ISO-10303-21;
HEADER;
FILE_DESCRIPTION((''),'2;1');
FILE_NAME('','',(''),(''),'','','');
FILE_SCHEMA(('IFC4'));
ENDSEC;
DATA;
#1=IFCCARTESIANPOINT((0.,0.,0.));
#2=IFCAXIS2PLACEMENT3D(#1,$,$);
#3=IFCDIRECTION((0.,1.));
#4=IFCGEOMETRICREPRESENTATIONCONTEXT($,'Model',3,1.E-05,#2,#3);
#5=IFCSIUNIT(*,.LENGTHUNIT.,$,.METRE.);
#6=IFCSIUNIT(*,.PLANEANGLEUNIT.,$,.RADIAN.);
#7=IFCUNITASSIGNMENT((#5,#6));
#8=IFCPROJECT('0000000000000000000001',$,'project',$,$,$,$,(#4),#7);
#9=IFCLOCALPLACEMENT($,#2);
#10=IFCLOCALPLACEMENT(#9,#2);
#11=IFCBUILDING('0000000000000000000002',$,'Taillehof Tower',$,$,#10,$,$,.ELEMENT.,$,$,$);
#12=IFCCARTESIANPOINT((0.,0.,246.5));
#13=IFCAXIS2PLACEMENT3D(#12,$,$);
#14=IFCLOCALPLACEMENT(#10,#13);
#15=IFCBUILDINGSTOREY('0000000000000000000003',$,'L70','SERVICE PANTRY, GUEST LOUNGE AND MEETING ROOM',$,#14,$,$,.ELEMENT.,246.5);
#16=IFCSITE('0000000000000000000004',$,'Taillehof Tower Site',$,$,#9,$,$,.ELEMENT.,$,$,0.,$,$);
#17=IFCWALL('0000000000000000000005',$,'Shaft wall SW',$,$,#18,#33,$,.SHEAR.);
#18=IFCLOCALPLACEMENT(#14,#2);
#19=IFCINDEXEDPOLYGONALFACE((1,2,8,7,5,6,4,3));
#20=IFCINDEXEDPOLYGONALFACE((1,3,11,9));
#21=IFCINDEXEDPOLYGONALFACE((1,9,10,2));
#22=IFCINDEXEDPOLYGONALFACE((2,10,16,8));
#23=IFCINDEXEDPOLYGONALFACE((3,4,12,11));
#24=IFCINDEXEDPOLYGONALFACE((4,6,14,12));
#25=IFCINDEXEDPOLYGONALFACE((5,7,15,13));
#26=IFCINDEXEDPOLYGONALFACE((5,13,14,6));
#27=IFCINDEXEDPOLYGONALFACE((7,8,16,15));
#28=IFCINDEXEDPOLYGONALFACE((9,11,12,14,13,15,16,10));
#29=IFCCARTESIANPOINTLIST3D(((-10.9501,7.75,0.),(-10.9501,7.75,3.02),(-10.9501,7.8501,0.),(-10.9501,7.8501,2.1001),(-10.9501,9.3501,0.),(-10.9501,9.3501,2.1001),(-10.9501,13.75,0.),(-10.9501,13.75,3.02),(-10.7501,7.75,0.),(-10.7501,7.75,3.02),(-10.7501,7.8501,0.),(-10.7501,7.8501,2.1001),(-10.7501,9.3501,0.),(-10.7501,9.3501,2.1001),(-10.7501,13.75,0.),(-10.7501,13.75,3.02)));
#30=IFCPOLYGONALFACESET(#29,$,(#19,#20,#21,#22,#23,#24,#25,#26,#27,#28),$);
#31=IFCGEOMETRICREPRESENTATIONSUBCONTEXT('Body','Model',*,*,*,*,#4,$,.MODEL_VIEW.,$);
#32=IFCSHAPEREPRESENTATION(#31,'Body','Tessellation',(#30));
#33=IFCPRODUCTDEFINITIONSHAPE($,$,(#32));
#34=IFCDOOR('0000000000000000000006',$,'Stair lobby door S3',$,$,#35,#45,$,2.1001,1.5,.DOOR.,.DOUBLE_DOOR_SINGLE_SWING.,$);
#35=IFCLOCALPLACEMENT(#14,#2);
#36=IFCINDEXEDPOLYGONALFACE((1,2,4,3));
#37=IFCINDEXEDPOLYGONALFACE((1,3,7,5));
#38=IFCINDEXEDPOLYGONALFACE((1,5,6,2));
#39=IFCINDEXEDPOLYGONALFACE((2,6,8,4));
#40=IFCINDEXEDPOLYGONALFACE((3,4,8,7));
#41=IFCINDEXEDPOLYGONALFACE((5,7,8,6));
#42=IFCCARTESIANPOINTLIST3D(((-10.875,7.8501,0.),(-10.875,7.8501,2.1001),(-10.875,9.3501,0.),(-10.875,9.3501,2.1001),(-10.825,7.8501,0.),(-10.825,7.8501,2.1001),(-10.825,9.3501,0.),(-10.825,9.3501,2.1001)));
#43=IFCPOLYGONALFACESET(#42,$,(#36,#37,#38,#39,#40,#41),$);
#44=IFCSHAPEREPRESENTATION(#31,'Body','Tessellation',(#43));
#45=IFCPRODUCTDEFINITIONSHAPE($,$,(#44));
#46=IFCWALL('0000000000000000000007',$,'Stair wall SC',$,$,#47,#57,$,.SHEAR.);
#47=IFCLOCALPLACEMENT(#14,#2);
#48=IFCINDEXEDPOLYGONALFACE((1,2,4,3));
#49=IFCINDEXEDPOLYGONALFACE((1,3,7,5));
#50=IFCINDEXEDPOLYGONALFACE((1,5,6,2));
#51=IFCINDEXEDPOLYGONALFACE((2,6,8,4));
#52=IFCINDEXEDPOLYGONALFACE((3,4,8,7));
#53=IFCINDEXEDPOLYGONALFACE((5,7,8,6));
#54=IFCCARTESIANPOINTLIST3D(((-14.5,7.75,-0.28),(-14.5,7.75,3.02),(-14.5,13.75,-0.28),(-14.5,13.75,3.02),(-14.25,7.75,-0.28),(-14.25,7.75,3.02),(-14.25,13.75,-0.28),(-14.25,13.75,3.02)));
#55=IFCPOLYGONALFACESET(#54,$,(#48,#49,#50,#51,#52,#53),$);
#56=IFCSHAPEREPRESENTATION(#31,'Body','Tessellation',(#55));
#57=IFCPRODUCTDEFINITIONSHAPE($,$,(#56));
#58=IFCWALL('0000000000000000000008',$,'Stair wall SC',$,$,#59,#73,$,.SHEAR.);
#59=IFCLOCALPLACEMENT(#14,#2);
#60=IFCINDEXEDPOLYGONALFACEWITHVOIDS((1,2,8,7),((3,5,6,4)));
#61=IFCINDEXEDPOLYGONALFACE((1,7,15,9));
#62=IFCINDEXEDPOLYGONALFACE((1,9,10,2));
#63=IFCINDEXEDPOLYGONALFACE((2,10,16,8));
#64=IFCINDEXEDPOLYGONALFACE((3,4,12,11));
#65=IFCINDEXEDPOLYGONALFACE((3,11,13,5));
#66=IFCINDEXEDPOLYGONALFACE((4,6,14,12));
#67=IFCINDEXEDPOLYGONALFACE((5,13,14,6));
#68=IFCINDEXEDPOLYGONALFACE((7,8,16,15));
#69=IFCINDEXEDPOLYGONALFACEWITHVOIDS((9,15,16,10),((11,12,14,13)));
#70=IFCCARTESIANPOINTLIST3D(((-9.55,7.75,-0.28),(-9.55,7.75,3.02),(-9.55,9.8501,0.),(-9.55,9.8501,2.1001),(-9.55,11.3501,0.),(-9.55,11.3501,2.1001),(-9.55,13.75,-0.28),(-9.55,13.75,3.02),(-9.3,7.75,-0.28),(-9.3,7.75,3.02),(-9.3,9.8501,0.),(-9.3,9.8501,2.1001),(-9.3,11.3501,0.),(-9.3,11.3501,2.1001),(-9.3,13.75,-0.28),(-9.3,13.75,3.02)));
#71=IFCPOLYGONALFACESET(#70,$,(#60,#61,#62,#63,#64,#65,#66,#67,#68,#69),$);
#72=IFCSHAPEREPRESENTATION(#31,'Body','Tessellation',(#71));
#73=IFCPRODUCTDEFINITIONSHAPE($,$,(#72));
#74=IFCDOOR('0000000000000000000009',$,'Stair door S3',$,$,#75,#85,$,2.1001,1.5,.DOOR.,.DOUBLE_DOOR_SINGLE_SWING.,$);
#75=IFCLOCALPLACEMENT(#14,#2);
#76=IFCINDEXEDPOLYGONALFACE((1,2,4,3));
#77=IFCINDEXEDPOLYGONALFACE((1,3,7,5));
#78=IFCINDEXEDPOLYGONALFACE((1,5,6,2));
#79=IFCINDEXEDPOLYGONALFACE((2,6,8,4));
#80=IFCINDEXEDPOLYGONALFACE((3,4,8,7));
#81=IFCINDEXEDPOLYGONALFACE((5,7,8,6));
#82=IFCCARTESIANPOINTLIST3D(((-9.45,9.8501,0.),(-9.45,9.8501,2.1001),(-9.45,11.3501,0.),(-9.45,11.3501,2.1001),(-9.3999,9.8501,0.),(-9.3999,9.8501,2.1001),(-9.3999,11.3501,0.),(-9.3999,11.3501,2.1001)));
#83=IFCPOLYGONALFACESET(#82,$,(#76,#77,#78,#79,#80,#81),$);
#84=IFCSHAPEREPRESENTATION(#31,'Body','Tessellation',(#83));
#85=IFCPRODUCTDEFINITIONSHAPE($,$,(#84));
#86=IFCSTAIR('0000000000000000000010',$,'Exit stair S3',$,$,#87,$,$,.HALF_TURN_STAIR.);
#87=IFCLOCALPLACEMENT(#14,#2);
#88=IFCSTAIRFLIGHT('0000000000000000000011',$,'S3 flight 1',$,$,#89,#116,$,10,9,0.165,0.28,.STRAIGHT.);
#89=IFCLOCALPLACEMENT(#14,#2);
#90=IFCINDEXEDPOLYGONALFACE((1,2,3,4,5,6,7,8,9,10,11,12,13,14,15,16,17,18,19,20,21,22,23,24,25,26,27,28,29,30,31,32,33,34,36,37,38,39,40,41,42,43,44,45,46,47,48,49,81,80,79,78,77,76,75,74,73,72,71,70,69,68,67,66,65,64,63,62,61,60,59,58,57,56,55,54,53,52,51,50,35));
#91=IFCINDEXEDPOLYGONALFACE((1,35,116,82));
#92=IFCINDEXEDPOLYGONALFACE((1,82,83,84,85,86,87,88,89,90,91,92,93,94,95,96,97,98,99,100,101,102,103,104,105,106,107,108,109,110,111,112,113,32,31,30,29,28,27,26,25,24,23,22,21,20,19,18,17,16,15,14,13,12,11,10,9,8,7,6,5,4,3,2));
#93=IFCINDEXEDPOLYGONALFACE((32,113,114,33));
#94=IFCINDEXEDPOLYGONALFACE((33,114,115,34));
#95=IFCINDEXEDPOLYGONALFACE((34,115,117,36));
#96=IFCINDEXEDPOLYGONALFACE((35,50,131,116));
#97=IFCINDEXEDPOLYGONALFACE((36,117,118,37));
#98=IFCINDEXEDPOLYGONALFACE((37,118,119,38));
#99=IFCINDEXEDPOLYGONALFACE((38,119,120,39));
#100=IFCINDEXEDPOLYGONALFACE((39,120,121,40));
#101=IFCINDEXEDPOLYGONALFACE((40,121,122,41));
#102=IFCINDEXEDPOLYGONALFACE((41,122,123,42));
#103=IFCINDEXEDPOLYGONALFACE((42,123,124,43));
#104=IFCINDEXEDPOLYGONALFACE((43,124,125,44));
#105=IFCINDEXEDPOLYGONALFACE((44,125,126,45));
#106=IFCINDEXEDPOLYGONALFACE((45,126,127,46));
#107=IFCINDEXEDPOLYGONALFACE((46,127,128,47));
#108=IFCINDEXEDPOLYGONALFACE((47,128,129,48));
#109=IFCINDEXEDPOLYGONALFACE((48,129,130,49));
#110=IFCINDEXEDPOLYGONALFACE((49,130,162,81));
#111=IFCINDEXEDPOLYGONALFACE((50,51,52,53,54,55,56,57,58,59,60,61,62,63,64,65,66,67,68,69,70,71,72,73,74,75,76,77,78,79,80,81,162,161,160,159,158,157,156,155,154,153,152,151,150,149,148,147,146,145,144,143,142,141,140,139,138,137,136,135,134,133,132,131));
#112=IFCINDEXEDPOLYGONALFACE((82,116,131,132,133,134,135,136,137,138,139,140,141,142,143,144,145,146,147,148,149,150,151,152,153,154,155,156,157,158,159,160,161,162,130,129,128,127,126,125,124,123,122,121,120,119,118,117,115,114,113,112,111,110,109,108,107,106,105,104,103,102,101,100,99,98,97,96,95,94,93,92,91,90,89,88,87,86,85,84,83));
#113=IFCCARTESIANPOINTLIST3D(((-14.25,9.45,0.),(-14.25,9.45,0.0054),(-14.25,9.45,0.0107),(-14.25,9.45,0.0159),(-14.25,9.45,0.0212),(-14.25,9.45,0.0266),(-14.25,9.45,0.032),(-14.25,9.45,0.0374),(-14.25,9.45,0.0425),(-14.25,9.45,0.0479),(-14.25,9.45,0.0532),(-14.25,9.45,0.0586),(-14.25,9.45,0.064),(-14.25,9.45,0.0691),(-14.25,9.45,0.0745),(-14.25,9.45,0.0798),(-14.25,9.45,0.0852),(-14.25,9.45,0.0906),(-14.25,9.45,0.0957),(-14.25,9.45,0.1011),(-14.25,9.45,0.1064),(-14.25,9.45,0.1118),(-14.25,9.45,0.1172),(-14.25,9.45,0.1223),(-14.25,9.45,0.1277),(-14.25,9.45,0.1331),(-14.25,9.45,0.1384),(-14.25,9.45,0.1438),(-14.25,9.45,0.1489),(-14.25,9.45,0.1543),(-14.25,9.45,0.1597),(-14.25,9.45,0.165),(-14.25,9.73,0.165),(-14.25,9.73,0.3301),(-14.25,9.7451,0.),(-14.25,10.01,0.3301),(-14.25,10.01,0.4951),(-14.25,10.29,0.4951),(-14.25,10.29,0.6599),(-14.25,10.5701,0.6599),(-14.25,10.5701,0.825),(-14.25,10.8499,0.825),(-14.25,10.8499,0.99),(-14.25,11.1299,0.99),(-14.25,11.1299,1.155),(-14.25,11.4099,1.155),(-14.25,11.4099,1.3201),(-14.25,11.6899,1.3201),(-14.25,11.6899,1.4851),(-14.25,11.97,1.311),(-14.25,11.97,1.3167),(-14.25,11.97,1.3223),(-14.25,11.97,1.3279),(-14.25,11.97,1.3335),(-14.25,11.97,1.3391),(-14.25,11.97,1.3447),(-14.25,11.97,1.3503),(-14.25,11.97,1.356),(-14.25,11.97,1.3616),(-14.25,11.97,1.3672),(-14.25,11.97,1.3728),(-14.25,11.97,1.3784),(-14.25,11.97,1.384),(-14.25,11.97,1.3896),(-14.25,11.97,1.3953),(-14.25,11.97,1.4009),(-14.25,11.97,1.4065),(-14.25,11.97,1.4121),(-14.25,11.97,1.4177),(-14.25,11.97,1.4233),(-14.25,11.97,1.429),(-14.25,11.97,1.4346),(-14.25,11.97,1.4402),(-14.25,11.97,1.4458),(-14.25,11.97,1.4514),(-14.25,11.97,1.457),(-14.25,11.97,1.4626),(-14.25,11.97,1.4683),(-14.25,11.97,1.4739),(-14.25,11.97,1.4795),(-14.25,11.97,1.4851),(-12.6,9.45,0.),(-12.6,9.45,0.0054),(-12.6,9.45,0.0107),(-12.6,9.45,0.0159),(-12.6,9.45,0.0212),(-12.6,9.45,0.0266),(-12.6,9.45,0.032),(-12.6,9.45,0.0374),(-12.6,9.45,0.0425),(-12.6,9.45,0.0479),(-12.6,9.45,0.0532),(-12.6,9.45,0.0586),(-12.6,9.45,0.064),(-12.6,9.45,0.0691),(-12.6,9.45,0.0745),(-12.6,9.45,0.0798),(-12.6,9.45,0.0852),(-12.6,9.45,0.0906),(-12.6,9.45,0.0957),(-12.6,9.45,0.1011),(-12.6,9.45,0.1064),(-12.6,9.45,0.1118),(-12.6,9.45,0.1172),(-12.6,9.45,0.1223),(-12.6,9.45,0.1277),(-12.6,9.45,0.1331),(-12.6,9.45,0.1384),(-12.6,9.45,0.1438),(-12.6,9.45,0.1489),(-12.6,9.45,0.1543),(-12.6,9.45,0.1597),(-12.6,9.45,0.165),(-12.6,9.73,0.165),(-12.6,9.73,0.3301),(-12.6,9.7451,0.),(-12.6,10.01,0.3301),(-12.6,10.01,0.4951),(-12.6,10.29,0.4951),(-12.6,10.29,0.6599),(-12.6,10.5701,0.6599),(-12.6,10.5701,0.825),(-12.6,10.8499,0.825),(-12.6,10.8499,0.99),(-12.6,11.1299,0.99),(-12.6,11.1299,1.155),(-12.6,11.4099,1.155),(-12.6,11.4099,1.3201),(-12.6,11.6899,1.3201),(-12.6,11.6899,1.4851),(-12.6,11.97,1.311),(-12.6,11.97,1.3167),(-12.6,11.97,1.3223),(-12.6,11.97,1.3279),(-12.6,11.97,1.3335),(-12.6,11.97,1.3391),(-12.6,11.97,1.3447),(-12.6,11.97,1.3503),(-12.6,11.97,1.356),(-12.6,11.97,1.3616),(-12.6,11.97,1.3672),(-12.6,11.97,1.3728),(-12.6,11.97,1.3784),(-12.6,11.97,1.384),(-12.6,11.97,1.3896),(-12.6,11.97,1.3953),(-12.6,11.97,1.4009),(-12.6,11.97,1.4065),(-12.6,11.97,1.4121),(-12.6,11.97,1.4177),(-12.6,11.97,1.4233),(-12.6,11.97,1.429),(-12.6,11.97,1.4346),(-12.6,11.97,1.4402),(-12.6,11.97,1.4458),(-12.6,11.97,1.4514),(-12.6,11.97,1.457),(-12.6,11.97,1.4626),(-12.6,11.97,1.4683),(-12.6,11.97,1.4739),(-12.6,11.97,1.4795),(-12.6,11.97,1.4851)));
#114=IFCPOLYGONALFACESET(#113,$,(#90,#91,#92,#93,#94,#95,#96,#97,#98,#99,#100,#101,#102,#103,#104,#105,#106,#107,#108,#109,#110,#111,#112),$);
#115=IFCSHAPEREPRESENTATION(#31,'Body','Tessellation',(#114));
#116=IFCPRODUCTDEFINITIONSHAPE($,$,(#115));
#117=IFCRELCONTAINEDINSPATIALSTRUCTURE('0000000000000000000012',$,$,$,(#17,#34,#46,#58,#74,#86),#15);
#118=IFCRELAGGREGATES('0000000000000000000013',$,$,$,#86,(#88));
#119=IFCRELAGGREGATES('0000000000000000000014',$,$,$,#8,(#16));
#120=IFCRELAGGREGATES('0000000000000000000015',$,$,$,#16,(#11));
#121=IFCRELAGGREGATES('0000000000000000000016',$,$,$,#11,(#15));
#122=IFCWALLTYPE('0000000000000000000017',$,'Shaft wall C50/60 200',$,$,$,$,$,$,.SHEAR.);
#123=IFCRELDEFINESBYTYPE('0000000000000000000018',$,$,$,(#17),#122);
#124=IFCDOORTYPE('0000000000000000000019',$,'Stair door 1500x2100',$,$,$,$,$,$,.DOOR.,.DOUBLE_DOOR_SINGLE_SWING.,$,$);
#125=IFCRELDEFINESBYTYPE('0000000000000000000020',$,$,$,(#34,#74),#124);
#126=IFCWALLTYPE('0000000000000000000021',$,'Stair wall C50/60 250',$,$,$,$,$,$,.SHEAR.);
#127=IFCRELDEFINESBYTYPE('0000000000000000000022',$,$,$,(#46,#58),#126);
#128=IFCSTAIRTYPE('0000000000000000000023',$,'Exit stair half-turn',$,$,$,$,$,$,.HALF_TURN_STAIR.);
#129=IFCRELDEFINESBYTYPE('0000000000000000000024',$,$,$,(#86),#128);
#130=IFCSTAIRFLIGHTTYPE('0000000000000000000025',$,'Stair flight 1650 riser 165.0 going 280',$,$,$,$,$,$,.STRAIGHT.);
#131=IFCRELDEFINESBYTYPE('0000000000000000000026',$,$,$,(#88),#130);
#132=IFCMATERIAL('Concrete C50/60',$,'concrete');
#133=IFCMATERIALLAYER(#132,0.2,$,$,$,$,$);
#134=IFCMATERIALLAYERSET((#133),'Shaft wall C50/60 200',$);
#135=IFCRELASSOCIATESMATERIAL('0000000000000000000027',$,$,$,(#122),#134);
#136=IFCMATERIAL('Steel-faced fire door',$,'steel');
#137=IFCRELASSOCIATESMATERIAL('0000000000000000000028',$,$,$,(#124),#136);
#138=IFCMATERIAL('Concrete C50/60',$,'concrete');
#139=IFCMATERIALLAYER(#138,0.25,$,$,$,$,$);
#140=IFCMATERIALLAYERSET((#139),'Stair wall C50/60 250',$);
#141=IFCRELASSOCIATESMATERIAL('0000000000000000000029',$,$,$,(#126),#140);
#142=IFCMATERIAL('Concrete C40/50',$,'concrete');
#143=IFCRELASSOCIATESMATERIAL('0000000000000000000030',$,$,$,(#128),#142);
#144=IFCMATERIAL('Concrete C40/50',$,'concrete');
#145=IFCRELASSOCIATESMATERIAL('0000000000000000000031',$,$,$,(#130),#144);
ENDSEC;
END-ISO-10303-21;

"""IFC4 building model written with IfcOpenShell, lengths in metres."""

from ifc_helpers import new_model, si_unit, direction, frame, frame_2d, origin, place, context, subcontext, project, spatial, polyline, rectangle, outline, extrude, material, layer, layer_set, type_object, element, fill, aggregate, save


model = new_model("IFC4")

# Units and contexts
model_context = context("Model", 3, precision=1e-05, world=origin(), true_north=direction((0.0, 1.0)))
body_context = subcontext(model_context, "Body", "Model", "MODEL_VIEW")
ifc_project = project(units=[si_unit("LENGTHUNIT", "METRE"), si_unit("PLANEANGLEUNIT", "RADIAN")], contexts=[model_context])

# Site, building, storey
site_placement = place(None, origin())
site = spatial("IfcSite", under=ifc_project, at=site_placement, Name="Taillehof Tower Site", CompositionType="ELEMENT", RefElevation=0.0)
building_placement = place(site_placement, origin())
building = spatial("IfcBuilding", under=site, at=building_placement, Name="Taillehof Tower", CompositionType="ELEMENT")
storey_placement = place(building_placement, frame((0.0, 0.0, 246.5)))
storey = spatial("IfcBuildingStorey", under=building, at=storey_placement, Name="L70", Description="SERVICE PANTRY, GUEST LOUNGE AND MEETING ROOM", CompositionType="ELEMENT", Elevation=246.5)

# Wall, opening, door
ifc_material_1 = material(Name="Concrete C50/60", Category="concrete")
ifc_layer_1 = layer(ifc_material_1, 0.2)
ifc_layer_set_1 = layer_set([ifc_layer_1], Name="Shaft wall C50/60 200")
wall_type_1 = type_object("IfcWallType", Name="Shaft wall C50/60 200", PredefinedType="SHEAR", material=ifc_layer_set_1)
wall_1_placement = place(storey_placement, frame((-10.8501, 7.75, 0.0), z_axis=(0.0, 0.0, 1.0), x_axis=(0.0, 1.0, 0.0)))
wall_1 = element("IfcWall", 1, at=wall_1_placement, inside=storey, type_object=wall_type_1, Name="Shaft wall SW", PredefinedType="SHEAR", context=body_context, shape_type="SweptSolid", body=[
    extrude(rectangle(XDim=6.0, YDim=0.2, at=frame_2d((3.0, 0.0))), origin(), (0.0, 0.0, 1.0), 3.02),
])
opening_1_placement = place(wall_1_placement, frame((0.1001, 0.0, 0.0)))
opening_1 = element("IfcOpeningElement", 2, at=opening_1_placement, cuts=wall_1, PredefinedType="OPENING", context=body_context, shape_type="SweptSolid", body=[
    extrude(rectangle(XDim=1.5, YDim=2.1001, at=frame_2d((0.75, 1.05))), frame((0.0, 0.1099, 0.0), z_axis=(0.0, -1.0, 0.0), x_axis=(1.0, 0.0, 0.0)), (0.0, 0.0, 1.0), 0.22),
])
ifc_material_2 = material(Name="Steel-faced fire door", Category="steel")
door_type = type_object("IfcDoorType", Name="Stair door 1500x2100", OperationType="DOUBLE_DOOR_SINGLE_SWING", PredefinedType="DOOR", material=ifc_material_2)
door_1_placement = place(opening_1_placement, origin())
door_1 = element("IfcDoor", 3, at=door_1_placement, inside=storey, type_object=door_type, Name="Stair lobby door S3", OperationType="DOUBLE_DOOR_SINGLE_SWING", OverallHeight=2.1001, OverallWidth=1.5, PredefinedType="DOOR", context=body_context, shape_type="SweptSolid", body=[
    extrude(rectangle(XDim=1.5, YDim=2.1001, at=frame_2d((0.75, 1.05))), frame((0.0, 0.0249, 0.0), z_axis=(0.0, -1.0, 0.0), x_axis=(1.0, 0.0, 0.0)), (0.0, 0.0, 1.0), 0.05),
])
fill(opening_1, door_1)

# Wall
ifc_material_3 = material(Name="Concrete C50/60", Category="concrete")
ifc_layer_2 = layer(ifc_material_3, 0.25)
ifc_layer_set_2 = layer_set([ifc_layer_2], Name="Stair wall C50/60 250")
wall_type_2 = type_object("IfcWallType", Name="Stair wall C50/60 250", PredefinedType="SHEAR", material=ifc_layer_set_2)
wall_2_placement = place(storey_placement, frame((-14.375, 7.75, -0.28), z_axis=(0.0, 0.0, 1.0), x_axis=(0.0, 1.0, 0.0)))
element("IfcWall", 4, at=wall_2_placement, inside=storey, type_object=wall_type_2, Name="Stair wall SC", PredefinedType="SHEAR", context=body_context, shape_type="SweptSolid", body=[
    extrude(rectangle(XDim=6.0, YDim=0.25, at=frame_2d((3.0, 0.0))), origin(), (0.0, 0.0, 1.0), 3.3),
])

# Wall, opening, door
wall_3_placement = place(storey_placement, frame((-9.425, 7.75, -0.28), z_axis=(0.0, 0.0, 1.0), x_axis=(0.0, 1.0, 0.0)))
wall_3 = element("IfcWall", 5, at=wall_3_placement, inside=storey, type_object=wall_type_2, Name="Stair wall SC", PredefinedType="SHEAR", context=body_context, shape_type="SweptSolid", body=[
    extrude(rectangle(XDim=6.0, YDim=0.25, at=frame_2d((3.0, 0.0))), origin(), (0.0, 0.0, 1.0), 3.3),
])
opening_2_placement = place(wall_3_placement, frame((2.1001, 0.0, 0.28)))
opening_2 = element("IfcOpeningElement", 6, at=opening_2_placement, cuts=wall_3, PredefinedType="OPENING", context=body_context, shape_type="SweptSolid", body=[
    extrude(rectangle(XDim=1.5, YDim=2.1001, at=frame_2d((0.75, 1.05))), frame((0.0, 0.135, 0.0), z_axis=(0.0, -1.0, 0.0), x_axis=(1.0, 0.0, 0.0)), (0.0, 0.0, 1.0), 0.27),
])
door_2_placement = place(opening_2_placement, origin())
door_2 = element("IfcDoor", 7, at=door_2_placement, inside=storey, type_object=door_type, Name="Stair door S3", OperationType="DOUBLE_DOOR_SINGLE_SWING", OverallHeight=2.1001, OverallWidth=1.5, PredefinedType="DOOR", context=body_context, shape_type="SweptSolid", body=[
    extrude(rectangle(XDim=1.5, YDim=2.1001, at=frame_2d((0.75, 1.05))), frame((0.0, 0.0249, 0.0), z_axis=(0.0, -1.0, 0.0), x_axis=(1.0, 0.0, 0.0)), (0.0, 0.0, 1.0), 0.05),
])
fill(opening_2, door_2)

# Stair, stair flight
ifc_material_4 = material(Name="Concrete C40/50", Category="concrete")
stair_type = type_object("IfcStairType", Name="Exit stair half-turn", PredefinedType="HALF_TURN_STAIR", material=ifc_material_4)
stair_placement = place(storey_placement, origin())
stair = element("IfcStair", 8, at=stair_placement, inside=storey, type_object=stair_type, Name="Exit stair S3", PredefinedType="HALF_TURN_STAIR")
ifc_material_5 = material(Name="Concrete C40/50", Category="concrete")
stair_flight_type = type_object("IfcStairFlightType", Name="Stair flight 1650 riser 165.0 going 280", PredefinedType="STRAIGHT", material=ifc_material_5)
stair_flight_1_placement = place(storey_placement, frame((-13.425, 9.45, 0.0), z_axis=(0.0, 0.0, 1.0), x_axis=(0.0, 1.0, 0.0)))
stair_flight_1 = element("IfcStairFlight", 9, at=stair_flight_1_placement, type_object=stair_flight_type, Name="S3 flight 1", NumberOfRisers=10, NumberOfTreads=9, PredefinedType="STRAIGHT", RiserHeight=0.165, TreadLength=0.28, context=body_context, shape_type="SweptSolid", body=[
    extrude(outline(polyline([(0.0, 0.0), (0.0, 0.0054), (0.0, 0.0107), (0.0, 0.0159), (0.0, 0.0212), (0.0, 0.0266), (0.0, 0.032), (0.0, 0.0374), (0.0, 0.0425), (0.0, 0.0479), (0.0, 0.0532), (0.0, 0.0586), (0.0, 0.064), (0.0, 0.0691), (0.0, 0.0745), (0.0, 0.0798), (0.0, 0.0852), (0.0, 0.0906), (0.0, 0.0957), (0.0, 0.1011), (0.0, 0.1064), (0.0, 0.1118), (0.0, 0.1172), (0.0, 0.1223), (0.0, 0.1277), (0.0, 0.1331), (0.0, 0.1384), (0.0, 0.1438), (0.0, 0.1489), (0.0, 0.1543), (0.0, 0.1597), (0.0, 0.165), (0.28, 0.165), (0.28, 0.3301), (0.5601, 0.3301), (0.5601, 0.4951), (0.8401, 0.4951), (0.8401, 0.6599), (1.1201, 0.6599), (1.1201, 0.825), (1.3999, 0.825), (1.3999, 0.99), (1.6799, 0.99), (1.6799, 1.155), (1.96, 1.155), (1.96, 1.3201), (2.24, 1.3201), (2.24, 1.4851), (2.52, 1.4851), (2.52, 1.4795), (2.52, 1.4739), (2.52, 1.4683), (2.52, 1.4626), (2.52, 1.457), (2.52, 1.4514), (2.52, 1.4458), (2.52, 1.4402), (2.52, 1.4346), (2.52, 1.429), (2.52, 1.4233), (2.52, 1.4177), (2.52, 1.4121), (2.52, 1.4065), (2.52, 1.4009), (2.52, 1.3953), (2.52, 1.3896), (2.52, 1.384), (2.52, 1.3784), (2.52, 1.3728), (2.52, 1.3672), (2.52, 1.3616), (2.52, 1.356), (2.52, 1.3503), (2.52, 1.3447), (2.52, 1.3391), (2.52, 1.3335), (2.52, 1.3279), (2.52, 1.3223), (2.52, 1.3167), (2.52, 1.311), (0.2952, 0.0), (0.0, 0.0)])), frame((0.0, 0.825, 0.0), z_axis=(0.0, -1.0, 0.0), x_axis=(1.0, 0.0, 0.0)), (0.0, 0.0, 1.0), 1.65),
])
aggregate(stair, [stair_flight_1])

save(model, "model.ifc")
